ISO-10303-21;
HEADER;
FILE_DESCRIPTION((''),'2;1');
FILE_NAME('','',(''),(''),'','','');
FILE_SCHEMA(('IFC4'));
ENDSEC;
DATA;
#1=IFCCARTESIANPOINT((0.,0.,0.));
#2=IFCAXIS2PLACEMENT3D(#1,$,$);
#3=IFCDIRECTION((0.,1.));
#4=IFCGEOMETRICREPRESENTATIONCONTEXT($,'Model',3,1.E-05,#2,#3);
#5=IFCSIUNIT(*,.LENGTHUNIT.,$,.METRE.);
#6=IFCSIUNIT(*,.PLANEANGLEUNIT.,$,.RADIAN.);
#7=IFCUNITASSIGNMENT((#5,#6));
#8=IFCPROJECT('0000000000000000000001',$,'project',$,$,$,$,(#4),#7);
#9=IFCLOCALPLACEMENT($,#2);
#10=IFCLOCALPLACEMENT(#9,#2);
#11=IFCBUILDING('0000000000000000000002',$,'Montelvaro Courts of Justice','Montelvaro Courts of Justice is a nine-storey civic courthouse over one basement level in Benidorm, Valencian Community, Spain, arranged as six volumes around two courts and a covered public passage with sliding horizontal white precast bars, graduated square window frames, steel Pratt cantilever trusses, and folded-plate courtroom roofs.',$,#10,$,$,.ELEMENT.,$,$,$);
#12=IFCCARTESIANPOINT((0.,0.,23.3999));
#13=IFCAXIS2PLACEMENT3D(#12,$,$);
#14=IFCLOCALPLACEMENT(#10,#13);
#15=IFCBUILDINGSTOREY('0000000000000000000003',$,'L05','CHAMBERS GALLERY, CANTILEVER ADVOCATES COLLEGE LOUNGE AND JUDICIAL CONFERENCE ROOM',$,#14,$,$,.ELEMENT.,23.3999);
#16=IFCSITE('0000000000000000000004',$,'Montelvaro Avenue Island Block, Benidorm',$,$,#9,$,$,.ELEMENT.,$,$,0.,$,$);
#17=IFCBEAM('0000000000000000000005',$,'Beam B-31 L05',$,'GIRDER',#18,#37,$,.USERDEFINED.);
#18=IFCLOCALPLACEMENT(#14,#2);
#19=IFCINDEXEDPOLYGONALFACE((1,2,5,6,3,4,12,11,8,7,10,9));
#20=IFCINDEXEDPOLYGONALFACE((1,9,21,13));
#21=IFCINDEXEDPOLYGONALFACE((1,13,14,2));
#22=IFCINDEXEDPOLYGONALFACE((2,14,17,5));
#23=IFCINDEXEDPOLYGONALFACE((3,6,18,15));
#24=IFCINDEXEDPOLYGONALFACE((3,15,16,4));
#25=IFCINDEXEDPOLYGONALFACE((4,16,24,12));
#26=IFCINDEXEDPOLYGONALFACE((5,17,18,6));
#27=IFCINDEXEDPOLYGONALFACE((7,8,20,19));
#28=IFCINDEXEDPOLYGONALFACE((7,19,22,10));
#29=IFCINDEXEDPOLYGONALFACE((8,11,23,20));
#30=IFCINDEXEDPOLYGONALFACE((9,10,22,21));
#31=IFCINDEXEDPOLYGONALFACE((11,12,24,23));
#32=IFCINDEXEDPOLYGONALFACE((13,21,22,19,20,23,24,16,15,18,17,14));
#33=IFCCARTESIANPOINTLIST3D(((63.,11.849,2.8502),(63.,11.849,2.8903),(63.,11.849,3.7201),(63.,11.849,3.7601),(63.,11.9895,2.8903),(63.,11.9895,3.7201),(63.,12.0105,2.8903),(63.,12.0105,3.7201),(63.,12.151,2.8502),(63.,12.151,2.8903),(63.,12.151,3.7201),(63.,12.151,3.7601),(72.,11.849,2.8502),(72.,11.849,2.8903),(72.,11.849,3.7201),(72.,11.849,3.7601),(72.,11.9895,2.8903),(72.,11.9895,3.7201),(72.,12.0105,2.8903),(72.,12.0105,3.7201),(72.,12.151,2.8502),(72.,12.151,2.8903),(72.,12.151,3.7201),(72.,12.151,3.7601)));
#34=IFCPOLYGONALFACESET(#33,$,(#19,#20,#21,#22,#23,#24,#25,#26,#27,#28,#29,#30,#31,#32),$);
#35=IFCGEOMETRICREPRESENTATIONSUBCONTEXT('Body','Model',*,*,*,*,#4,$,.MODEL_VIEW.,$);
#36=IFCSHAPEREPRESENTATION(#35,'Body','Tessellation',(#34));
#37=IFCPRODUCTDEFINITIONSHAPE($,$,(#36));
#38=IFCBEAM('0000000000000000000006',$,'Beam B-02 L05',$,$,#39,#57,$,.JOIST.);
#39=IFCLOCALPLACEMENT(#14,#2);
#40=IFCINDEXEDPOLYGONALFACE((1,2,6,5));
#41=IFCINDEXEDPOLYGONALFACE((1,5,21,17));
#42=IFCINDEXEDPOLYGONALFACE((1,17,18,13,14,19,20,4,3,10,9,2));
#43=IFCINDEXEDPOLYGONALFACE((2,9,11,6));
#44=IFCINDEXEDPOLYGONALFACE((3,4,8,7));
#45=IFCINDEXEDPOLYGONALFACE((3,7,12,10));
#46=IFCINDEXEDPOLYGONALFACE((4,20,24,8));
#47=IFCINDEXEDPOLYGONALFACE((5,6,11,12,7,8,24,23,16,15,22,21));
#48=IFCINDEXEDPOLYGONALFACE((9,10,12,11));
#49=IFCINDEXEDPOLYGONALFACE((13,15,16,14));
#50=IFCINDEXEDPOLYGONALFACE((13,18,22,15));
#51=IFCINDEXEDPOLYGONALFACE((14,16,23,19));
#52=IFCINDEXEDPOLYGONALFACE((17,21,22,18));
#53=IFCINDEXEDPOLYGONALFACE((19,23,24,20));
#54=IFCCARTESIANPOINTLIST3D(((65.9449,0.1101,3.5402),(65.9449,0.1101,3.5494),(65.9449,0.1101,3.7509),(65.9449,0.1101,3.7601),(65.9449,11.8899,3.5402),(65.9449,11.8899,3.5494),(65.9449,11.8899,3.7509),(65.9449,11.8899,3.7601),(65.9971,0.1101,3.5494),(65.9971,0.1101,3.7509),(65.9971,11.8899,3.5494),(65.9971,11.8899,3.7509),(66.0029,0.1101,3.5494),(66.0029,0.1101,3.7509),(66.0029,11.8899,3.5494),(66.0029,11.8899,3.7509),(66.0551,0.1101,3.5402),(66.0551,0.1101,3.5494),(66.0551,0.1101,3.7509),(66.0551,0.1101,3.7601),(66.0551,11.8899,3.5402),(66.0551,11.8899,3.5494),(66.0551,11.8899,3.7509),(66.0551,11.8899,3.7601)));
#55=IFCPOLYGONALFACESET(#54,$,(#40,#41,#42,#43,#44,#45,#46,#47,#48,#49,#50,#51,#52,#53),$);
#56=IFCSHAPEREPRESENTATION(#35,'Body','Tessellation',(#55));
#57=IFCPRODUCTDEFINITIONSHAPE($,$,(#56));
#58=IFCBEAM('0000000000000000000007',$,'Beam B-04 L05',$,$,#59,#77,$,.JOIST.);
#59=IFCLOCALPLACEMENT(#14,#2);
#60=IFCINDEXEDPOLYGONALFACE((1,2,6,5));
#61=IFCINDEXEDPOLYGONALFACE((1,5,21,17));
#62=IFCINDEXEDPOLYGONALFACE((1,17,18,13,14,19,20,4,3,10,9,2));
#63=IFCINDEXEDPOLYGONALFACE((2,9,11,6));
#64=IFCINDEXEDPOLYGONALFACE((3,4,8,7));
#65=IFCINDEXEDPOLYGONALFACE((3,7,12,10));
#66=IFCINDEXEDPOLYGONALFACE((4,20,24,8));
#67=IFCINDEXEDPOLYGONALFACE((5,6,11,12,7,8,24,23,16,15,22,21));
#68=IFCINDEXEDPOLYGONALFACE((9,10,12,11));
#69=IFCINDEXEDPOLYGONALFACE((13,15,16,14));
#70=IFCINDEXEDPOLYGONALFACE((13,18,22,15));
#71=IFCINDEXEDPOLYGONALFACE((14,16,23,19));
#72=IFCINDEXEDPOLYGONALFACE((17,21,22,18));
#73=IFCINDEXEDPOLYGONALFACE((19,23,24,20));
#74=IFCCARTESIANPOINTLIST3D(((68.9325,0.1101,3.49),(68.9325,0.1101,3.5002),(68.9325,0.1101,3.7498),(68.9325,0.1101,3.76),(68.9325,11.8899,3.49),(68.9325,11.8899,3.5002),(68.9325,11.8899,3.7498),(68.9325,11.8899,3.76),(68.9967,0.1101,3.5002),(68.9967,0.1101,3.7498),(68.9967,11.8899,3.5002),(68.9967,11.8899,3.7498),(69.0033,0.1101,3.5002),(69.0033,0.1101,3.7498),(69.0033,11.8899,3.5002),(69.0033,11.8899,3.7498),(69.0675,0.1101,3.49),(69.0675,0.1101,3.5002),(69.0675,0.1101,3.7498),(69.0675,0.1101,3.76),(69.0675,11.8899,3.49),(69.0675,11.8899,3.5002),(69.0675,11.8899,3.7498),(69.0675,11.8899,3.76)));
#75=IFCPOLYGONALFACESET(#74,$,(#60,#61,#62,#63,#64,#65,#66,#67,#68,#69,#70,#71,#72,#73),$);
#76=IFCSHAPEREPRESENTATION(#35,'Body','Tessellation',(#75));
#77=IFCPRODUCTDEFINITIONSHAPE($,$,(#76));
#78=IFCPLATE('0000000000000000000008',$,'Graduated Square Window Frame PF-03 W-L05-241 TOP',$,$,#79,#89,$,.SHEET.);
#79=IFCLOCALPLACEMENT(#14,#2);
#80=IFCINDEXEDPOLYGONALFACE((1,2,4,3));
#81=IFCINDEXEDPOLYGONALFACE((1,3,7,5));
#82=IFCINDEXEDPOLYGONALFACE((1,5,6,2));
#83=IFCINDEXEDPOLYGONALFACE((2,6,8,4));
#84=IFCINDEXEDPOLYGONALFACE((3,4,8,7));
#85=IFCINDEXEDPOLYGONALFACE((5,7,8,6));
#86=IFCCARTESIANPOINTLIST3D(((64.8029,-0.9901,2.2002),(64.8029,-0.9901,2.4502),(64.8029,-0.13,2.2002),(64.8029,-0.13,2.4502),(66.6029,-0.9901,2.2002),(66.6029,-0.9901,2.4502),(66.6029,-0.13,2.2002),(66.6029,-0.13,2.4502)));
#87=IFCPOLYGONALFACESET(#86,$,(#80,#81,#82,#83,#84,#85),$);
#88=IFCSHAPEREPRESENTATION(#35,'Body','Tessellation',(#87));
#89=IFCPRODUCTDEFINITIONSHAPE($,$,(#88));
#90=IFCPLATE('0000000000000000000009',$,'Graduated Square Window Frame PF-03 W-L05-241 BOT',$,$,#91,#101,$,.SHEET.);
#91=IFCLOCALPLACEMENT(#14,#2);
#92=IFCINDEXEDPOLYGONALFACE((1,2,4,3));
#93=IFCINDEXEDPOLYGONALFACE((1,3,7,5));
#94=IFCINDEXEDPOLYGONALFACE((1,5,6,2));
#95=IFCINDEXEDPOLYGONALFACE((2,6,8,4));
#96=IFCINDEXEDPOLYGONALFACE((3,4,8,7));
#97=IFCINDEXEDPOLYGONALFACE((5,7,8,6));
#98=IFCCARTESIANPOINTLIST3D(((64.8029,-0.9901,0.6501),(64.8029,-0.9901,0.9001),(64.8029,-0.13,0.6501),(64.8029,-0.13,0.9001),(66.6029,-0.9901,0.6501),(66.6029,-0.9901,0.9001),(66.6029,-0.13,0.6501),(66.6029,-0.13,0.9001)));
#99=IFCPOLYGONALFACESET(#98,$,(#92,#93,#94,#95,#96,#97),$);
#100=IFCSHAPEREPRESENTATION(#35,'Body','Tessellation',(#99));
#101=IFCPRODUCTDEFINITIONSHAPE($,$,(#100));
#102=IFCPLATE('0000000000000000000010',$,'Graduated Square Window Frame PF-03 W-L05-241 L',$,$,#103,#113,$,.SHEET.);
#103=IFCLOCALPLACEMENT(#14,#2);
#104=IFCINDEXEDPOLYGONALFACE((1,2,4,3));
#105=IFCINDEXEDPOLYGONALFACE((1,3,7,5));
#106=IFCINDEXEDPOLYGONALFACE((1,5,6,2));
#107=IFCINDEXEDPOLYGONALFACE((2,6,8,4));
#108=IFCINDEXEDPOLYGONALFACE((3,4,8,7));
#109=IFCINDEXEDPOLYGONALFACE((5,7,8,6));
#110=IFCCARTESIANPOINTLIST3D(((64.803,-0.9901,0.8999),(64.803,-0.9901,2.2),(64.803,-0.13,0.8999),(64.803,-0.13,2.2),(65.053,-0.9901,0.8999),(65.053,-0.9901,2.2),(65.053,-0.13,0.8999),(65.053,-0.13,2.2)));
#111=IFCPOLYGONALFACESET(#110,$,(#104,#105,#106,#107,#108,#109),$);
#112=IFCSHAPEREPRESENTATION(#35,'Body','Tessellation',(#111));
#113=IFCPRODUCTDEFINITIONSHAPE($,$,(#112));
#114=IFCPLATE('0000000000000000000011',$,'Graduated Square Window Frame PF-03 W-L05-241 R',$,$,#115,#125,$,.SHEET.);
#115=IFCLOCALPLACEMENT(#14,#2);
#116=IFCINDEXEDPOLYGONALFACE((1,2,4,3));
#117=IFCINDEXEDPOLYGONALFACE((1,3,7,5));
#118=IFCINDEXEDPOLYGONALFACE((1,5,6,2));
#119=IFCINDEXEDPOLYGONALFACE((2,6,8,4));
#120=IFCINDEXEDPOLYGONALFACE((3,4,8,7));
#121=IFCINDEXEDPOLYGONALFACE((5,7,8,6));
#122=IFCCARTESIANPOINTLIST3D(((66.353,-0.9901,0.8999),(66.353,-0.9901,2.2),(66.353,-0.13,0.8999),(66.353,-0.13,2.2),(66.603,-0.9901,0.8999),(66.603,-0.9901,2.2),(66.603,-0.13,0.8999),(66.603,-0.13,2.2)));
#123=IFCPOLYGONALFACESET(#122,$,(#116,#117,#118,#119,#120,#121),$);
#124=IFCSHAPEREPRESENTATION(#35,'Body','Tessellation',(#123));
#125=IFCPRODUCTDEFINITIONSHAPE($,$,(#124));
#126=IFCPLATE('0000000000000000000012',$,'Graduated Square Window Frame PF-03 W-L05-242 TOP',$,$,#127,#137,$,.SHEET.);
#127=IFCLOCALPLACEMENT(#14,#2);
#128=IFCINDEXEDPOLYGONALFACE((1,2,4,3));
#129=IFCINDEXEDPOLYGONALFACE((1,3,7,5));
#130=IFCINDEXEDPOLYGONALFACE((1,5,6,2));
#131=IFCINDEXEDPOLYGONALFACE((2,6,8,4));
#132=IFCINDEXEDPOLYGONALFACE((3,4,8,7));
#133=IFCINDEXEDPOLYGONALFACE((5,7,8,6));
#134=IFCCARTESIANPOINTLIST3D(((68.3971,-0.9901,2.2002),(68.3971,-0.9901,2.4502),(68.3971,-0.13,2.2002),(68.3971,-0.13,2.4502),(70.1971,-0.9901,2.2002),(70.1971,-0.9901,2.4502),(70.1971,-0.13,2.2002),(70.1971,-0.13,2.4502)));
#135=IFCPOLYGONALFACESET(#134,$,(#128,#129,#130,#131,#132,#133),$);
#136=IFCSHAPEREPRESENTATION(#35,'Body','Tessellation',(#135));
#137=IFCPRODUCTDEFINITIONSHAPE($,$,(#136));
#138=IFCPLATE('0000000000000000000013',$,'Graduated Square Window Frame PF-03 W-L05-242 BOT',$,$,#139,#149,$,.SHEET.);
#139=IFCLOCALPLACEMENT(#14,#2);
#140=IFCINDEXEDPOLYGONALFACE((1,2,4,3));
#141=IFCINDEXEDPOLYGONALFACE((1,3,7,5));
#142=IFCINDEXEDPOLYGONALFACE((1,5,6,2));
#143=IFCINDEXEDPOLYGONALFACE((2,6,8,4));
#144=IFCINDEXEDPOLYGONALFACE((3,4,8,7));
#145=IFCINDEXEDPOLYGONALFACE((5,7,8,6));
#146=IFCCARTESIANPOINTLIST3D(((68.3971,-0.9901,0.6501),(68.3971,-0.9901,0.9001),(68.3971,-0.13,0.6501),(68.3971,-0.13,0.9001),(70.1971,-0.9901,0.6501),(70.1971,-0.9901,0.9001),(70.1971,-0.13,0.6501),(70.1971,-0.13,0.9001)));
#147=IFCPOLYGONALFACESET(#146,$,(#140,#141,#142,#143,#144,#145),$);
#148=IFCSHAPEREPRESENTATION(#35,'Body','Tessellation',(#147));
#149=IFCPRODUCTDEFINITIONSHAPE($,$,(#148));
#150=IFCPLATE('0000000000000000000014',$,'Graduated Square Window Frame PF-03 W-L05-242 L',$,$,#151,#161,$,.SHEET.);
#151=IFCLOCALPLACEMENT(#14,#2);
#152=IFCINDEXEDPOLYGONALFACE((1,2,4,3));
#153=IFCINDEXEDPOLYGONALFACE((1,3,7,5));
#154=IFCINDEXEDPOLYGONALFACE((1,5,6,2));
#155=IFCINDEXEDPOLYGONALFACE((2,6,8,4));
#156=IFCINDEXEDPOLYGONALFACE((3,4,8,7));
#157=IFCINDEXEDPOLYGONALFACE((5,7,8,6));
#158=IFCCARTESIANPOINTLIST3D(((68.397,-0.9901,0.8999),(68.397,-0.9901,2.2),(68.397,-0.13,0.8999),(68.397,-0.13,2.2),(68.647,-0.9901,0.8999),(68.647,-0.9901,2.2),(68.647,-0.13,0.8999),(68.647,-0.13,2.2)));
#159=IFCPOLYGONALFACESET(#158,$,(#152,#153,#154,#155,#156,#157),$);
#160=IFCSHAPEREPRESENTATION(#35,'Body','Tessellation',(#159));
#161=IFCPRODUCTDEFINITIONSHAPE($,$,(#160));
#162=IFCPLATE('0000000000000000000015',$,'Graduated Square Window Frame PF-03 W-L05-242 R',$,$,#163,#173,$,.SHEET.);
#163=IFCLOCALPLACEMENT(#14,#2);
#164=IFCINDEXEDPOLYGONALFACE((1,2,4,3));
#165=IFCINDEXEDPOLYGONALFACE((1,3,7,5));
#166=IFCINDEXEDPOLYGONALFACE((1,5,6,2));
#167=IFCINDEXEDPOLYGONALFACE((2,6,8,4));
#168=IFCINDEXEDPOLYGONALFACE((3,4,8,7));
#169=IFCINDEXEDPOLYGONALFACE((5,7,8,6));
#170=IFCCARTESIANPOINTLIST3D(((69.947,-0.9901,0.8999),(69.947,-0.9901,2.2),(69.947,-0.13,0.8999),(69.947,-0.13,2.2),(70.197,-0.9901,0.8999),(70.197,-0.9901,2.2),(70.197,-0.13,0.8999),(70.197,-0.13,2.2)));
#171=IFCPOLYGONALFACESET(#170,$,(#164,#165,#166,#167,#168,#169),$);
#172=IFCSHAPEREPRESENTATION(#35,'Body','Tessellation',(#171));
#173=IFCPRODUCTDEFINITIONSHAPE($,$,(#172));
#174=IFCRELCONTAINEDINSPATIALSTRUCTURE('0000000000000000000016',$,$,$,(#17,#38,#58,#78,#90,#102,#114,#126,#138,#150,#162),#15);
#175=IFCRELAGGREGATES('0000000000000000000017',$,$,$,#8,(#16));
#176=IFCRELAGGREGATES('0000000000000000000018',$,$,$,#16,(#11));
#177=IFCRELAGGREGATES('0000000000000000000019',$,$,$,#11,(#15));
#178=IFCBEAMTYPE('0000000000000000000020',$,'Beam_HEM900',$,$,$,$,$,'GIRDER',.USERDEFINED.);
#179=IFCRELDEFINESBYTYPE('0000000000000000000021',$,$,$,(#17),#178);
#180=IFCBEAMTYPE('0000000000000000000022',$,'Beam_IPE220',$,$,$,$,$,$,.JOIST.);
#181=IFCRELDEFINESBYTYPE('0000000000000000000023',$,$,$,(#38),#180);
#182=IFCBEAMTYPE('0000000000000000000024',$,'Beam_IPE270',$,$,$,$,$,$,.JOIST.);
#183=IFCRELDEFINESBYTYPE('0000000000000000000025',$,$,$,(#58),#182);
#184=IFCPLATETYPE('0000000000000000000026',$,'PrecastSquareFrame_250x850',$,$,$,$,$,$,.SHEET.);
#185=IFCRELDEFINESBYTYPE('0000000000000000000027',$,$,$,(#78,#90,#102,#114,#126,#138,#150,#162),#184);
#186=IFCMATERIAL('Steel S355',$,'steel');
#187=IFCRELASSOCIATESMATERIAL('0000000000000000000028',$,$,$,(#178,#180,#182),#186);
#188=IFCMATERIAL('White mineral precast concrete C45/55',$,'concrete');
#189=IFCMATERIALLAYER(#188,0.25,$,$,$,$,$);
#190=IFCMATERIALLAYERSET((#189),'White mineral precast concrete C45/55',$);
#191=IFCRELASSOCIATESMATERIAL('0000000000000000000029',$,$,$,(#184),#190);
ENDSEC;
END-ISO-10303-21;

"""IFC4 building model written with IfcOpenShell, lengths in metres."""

from ifc_helpers import new_model, si_unit, direction, frame, origin, origin_2d, place, context, subcontext, project, spatial, rectangle, i_section, extrude, material, layer, layer_set, material_profile, profile_set, type_object, element, save


model = new_model("IFC4")

# Units and contexts
model_context = context("Model", 3, precision=1e-05, world=origin(), true_north=direction((0.0, 1.0)))
body_context = subcontext(model_context, "Body", "Model", "MODEL_VIEW")
ifc_project = project(units=[si_unit("LENGTHUNIT", "METRE"), si_unit("PLANEANGLEUNIT", "RADIAN")], contexts=[model_context])

# Site, building, storey
site_placement = place(None, origin())
site = spatial("IfcSite", under=ifc_project, at=site_placement, Name="Montelvaro Avenue Island Block, Benidorm", CompositionType="ELEMENT", RefElevation=0.0)
building_placement = place(site_placement, origin())
building = spatial("IfcBuilding", under=site, at=building_placement, Name="Montelvaro Courts of Justice", Description="Montelvaro Courts of Justice is a nine-storey civic courthouse over one basement level in Benidorm, Valencian Community, Spain, arranged as six volumes around two courts and a covered public passage with sliding horizontal white precast bars, graduated square window frames, steel Pratt cantilever trusses, and folded-plate courtroom roofs.", CompositionType="ELEMENT")
storey_placement = place(building_placement, frame((0.0, 0.0, 23.3999)))
storey = spatial("IfcBuildingStorey", under=building, at=storey_placement, Name="L05", Description="CHAMBERS GALLERY, CANTILEVER ADVOCATES COLLEGE LOUNGE AND JUDICIAL CONFERENCE ROOM", CompositionType="ELEMENT", Elevation=23.3999)

# Shared definitions
ifc_material_1 = material(Name="Steel S355", Category="steel")

# Beams
ifc_material_profile_1 = material_profile(ifc_material_1, i_section(OverallWidth=0.302, OverallDepth=0.9099, WebThickness=0.021, FlangeThickness=0.04, at=origin_2d()), Name="HEM 900")
ifc_profile_set_1 = profile_set([ifc_material_profile_1], Name="Steel S355")
beam_type_1 = type_object("IfcBeamType", Name="Beam_HEM900", ElementType="GIRDER", PredefinedType="USERDEFINED", material=ifc_profile_set_1)
beam_1_placement = place(storey_placement, frame((63.0, 12.0, 3.3052), z_axis=(1.0, 0.0, 0.0), x_axis=(0.0, 1.0, 0.0)))
element("IfcBeam", 1, at=beam_1_placement, inside=storey, type_object=beam_type_1, Name="Beam B-31 L05", ObjectType="GIRDER", PredefinedType="USERDEFINED", context=body_context, shape_type="SweptSolid", body=[
    extrude(i_section(OverallWidth=0.302, OverallDepth=0.9099, WebThickness=0.021, FlangeThickness=0.04, at=origin_2d()), origin(), (0.0, 0.0, 1.0), 9.0),
])
ifc_material_profile_2 = material_profile(ifc_material_1, i_section(OverallWidth=0.1101, OverallDepth=0.22, WebThickness=0.0059, FlangeThickness=0.0093, at=origin_2d()), Name="IPE 220")
ifc_profile_set_2 = profile_set([ifc_material_profile_2], Name="Steel S355")
beam_type_2 = type_object("IfcBeamType", Name="Beam_IPE220", PredefinedType="JOIST", material=ifc_profile_set_2)
beam_2_placement = place(storey_placement, frame((66.0, 0.1101, 3.6501), z_axis=(0.0, 1.0, 0.0), x_axis=(-1.0, 0.0, 0.0)))
element("IfcBeam", 2, at=beam_2_placement, inside=storey, type_object=beam_type_2, Name="Beam B-02 L05", PredefinedType="JOIST", context=body_context, shape_type="SweptSolid", body=[
    extrude(i_section(OverallWidth=0.1101, OverallDepth=0.22, WebThickness=0.0059, FlangeThickness=0.0093, at=origin_2d()), origin(), (0.0, 0.0, 1.0), 11.7798),
])
ifc_material_profile_3 = material_profile(ifc_material_1, i_section(OverallWidth=0.135, OverallDepth=0.27, WebThickness=0.0066, FlangeThickness=0.0103, at=origin_2d()), Name="IPE 270")
ifc_profile_set_3 = profile_set([ifc_material_profile_3], Name="Steel S355")
beam_type_3 = type_object("IfcBeamType", Name="Beam_IPE270", PredefinedType="JOIST", material=ifc_profile_set_3)
beam_3_placement = place(storey_placement, frame((69.0, 0.1101, 3.625), z_axis=(0.0, 1.0, 0.0), x_axis=(-1.0, 0.0, 0.0)))
element("IfcBeam", 3, at=beam_3_placement, inside=storey, type_object=beam_type_3, Name="Beam B-04 L05", PredefinedType="JOIST", context=body_context, shape_type="SweptSolid", body=[
    extrude(i_section(OverallWidth=0.135, OverallDepth=0.27, WebThickness=0.0066, FlangeThickness=0.0103, at=origin_2d()), origin(), (0.0, 0.0, 1.0), 11.7798),
])

# Plates
ifc_material_2 = material(Name="White mineral precast concrete C45/55", Category="concrete")
ifc_layer_1 = layer(ifc_material_2, 0.25)
ifc_layer_set_1 = layer_set([ifc_layer_1], Name="White mineral precast concrete C45/55")
plate_type = type_object("IfcPlateType", Name="PrecastSquareFrame_250x850", PredefinedType="SHEET", material=ifc_layer_set_1)
for number, where, z_axis, x_axis, name in (
    (4, (65.7029, -0.5601, 2.2002), (0.0, 0.0, 1.0), (1.0, 0.0, 0.0), "Graduated Square Window Frame PF-03 W-L05-241 TOP"),
    (5, (65.7029, -0.5601, 0.6501), (0.0, 0.0, 1.0), (1.0, 0.0, 0.0), "Graduated Square Window Frame PF-03 W-L05-241 BOT"),
):
    element("IfcPlate", number, at=place(storey_placement, frame(where, z_axis=z_axis, x_axis=x_axis)), inside=storey, type_object=plate_type, Name=name, PredefinedType="SHEET", context=body_context, shape_type="SweptSolid", body=[
        extrude(rectangle(XDim=1.8, YDim=0.8601, at=origin_2d()), origin(), (0.0, 0.0, 1.0), 0.25),
    ])
for number, where, z_axis, x_axis, name in (
    (6, (64.928, -0.5601, 0.8999), (0.0, 0.0, 1.0), (1.0, 0.0, 0.0), "Graduated Square Window Frame PF-03 W-L05-241 L"),
    (7, (66.478, -0.5601, 0.8999), (0.0, 0.0, 1.0), (1.0, 0.0, 0.0), "Graduated Square Window Frame PF-03 W-L05-241 R"),
):
    element("IfcPlate", number, at=place(storey_placement, frame(where, z_axis=z_axis, x_axis=x_axis)), inside=storey, type_object=plate_type, Name=name, PredefinedType="SHEET", context=body_context, shape_type="SweptSolid", body=[
        extrude(rectangle(XDim=0.25, YDim=0.8601, at=origin_2d()), origin(), (0.0, 0.0, 1.0), 1.3),
    ])
for number, where, z_axis, x_axis, name in (
    (8, (69.2971, -0.5601, 2.2002), (0.0, 0.0, 1.0), (1.0, 0.0, 0.0), "Graduated Square Window Frame PF-03 W-L05-242 TOP"),
    (9, (69.2971, -0.5601, 0.6501), (0.0, 0.0, 1.0), (1.0, 0.0, 0.0), "Graduated Square Window Frame PF-03 W-L05-242 BOT"),
):
    element("IfcPlate", number, at=place(storey_placement, frame(where, z_axis=z_axis, x_axis=x_axis)), inside=storey, type_object=plate_type, Name=name, PredefinedType="SHEET", context=body_context, shape_type="SweptSolid", body=[
        extrude(rectangle(XDim=1.8, YDim=0.8601, at=origin_2d()), origin(), (0.0, 0.0, 1.0), 0.25),
    ])
for number, where, z_axis, x_axis, name in (
    (10, (68.522, -0.5601, 0.8999), (0.0, 0.0, 1.0), (1.0, 0.0, 0.0), "Graduated Square Window Frame PF-03 W-L05-242 L"),
    (11, (70.072, -0.5601, 0.8999), (0.0, 0.0, 1.0), (1.0, 0.0, 0.0), "Graduated Square Window Frame PF-03 W-L05-242 R"),
):
    element("IfcPlate", number, at=place(storey_placement, frame(where, z_axis=z_axis, x_axis=x_axis)), inside=storey, type_object=plate_type, Name=name, PredefinedType="SHEET", context=body_context, shape_type="SweptSolid", body=[
        extrude(rectangle(XDim=0.25, YDim=0.8601, at=origin_2d()), origin(), (0.0, 0.0, 1.0), 1.3),
    ])

save(model, "model.ifc")
